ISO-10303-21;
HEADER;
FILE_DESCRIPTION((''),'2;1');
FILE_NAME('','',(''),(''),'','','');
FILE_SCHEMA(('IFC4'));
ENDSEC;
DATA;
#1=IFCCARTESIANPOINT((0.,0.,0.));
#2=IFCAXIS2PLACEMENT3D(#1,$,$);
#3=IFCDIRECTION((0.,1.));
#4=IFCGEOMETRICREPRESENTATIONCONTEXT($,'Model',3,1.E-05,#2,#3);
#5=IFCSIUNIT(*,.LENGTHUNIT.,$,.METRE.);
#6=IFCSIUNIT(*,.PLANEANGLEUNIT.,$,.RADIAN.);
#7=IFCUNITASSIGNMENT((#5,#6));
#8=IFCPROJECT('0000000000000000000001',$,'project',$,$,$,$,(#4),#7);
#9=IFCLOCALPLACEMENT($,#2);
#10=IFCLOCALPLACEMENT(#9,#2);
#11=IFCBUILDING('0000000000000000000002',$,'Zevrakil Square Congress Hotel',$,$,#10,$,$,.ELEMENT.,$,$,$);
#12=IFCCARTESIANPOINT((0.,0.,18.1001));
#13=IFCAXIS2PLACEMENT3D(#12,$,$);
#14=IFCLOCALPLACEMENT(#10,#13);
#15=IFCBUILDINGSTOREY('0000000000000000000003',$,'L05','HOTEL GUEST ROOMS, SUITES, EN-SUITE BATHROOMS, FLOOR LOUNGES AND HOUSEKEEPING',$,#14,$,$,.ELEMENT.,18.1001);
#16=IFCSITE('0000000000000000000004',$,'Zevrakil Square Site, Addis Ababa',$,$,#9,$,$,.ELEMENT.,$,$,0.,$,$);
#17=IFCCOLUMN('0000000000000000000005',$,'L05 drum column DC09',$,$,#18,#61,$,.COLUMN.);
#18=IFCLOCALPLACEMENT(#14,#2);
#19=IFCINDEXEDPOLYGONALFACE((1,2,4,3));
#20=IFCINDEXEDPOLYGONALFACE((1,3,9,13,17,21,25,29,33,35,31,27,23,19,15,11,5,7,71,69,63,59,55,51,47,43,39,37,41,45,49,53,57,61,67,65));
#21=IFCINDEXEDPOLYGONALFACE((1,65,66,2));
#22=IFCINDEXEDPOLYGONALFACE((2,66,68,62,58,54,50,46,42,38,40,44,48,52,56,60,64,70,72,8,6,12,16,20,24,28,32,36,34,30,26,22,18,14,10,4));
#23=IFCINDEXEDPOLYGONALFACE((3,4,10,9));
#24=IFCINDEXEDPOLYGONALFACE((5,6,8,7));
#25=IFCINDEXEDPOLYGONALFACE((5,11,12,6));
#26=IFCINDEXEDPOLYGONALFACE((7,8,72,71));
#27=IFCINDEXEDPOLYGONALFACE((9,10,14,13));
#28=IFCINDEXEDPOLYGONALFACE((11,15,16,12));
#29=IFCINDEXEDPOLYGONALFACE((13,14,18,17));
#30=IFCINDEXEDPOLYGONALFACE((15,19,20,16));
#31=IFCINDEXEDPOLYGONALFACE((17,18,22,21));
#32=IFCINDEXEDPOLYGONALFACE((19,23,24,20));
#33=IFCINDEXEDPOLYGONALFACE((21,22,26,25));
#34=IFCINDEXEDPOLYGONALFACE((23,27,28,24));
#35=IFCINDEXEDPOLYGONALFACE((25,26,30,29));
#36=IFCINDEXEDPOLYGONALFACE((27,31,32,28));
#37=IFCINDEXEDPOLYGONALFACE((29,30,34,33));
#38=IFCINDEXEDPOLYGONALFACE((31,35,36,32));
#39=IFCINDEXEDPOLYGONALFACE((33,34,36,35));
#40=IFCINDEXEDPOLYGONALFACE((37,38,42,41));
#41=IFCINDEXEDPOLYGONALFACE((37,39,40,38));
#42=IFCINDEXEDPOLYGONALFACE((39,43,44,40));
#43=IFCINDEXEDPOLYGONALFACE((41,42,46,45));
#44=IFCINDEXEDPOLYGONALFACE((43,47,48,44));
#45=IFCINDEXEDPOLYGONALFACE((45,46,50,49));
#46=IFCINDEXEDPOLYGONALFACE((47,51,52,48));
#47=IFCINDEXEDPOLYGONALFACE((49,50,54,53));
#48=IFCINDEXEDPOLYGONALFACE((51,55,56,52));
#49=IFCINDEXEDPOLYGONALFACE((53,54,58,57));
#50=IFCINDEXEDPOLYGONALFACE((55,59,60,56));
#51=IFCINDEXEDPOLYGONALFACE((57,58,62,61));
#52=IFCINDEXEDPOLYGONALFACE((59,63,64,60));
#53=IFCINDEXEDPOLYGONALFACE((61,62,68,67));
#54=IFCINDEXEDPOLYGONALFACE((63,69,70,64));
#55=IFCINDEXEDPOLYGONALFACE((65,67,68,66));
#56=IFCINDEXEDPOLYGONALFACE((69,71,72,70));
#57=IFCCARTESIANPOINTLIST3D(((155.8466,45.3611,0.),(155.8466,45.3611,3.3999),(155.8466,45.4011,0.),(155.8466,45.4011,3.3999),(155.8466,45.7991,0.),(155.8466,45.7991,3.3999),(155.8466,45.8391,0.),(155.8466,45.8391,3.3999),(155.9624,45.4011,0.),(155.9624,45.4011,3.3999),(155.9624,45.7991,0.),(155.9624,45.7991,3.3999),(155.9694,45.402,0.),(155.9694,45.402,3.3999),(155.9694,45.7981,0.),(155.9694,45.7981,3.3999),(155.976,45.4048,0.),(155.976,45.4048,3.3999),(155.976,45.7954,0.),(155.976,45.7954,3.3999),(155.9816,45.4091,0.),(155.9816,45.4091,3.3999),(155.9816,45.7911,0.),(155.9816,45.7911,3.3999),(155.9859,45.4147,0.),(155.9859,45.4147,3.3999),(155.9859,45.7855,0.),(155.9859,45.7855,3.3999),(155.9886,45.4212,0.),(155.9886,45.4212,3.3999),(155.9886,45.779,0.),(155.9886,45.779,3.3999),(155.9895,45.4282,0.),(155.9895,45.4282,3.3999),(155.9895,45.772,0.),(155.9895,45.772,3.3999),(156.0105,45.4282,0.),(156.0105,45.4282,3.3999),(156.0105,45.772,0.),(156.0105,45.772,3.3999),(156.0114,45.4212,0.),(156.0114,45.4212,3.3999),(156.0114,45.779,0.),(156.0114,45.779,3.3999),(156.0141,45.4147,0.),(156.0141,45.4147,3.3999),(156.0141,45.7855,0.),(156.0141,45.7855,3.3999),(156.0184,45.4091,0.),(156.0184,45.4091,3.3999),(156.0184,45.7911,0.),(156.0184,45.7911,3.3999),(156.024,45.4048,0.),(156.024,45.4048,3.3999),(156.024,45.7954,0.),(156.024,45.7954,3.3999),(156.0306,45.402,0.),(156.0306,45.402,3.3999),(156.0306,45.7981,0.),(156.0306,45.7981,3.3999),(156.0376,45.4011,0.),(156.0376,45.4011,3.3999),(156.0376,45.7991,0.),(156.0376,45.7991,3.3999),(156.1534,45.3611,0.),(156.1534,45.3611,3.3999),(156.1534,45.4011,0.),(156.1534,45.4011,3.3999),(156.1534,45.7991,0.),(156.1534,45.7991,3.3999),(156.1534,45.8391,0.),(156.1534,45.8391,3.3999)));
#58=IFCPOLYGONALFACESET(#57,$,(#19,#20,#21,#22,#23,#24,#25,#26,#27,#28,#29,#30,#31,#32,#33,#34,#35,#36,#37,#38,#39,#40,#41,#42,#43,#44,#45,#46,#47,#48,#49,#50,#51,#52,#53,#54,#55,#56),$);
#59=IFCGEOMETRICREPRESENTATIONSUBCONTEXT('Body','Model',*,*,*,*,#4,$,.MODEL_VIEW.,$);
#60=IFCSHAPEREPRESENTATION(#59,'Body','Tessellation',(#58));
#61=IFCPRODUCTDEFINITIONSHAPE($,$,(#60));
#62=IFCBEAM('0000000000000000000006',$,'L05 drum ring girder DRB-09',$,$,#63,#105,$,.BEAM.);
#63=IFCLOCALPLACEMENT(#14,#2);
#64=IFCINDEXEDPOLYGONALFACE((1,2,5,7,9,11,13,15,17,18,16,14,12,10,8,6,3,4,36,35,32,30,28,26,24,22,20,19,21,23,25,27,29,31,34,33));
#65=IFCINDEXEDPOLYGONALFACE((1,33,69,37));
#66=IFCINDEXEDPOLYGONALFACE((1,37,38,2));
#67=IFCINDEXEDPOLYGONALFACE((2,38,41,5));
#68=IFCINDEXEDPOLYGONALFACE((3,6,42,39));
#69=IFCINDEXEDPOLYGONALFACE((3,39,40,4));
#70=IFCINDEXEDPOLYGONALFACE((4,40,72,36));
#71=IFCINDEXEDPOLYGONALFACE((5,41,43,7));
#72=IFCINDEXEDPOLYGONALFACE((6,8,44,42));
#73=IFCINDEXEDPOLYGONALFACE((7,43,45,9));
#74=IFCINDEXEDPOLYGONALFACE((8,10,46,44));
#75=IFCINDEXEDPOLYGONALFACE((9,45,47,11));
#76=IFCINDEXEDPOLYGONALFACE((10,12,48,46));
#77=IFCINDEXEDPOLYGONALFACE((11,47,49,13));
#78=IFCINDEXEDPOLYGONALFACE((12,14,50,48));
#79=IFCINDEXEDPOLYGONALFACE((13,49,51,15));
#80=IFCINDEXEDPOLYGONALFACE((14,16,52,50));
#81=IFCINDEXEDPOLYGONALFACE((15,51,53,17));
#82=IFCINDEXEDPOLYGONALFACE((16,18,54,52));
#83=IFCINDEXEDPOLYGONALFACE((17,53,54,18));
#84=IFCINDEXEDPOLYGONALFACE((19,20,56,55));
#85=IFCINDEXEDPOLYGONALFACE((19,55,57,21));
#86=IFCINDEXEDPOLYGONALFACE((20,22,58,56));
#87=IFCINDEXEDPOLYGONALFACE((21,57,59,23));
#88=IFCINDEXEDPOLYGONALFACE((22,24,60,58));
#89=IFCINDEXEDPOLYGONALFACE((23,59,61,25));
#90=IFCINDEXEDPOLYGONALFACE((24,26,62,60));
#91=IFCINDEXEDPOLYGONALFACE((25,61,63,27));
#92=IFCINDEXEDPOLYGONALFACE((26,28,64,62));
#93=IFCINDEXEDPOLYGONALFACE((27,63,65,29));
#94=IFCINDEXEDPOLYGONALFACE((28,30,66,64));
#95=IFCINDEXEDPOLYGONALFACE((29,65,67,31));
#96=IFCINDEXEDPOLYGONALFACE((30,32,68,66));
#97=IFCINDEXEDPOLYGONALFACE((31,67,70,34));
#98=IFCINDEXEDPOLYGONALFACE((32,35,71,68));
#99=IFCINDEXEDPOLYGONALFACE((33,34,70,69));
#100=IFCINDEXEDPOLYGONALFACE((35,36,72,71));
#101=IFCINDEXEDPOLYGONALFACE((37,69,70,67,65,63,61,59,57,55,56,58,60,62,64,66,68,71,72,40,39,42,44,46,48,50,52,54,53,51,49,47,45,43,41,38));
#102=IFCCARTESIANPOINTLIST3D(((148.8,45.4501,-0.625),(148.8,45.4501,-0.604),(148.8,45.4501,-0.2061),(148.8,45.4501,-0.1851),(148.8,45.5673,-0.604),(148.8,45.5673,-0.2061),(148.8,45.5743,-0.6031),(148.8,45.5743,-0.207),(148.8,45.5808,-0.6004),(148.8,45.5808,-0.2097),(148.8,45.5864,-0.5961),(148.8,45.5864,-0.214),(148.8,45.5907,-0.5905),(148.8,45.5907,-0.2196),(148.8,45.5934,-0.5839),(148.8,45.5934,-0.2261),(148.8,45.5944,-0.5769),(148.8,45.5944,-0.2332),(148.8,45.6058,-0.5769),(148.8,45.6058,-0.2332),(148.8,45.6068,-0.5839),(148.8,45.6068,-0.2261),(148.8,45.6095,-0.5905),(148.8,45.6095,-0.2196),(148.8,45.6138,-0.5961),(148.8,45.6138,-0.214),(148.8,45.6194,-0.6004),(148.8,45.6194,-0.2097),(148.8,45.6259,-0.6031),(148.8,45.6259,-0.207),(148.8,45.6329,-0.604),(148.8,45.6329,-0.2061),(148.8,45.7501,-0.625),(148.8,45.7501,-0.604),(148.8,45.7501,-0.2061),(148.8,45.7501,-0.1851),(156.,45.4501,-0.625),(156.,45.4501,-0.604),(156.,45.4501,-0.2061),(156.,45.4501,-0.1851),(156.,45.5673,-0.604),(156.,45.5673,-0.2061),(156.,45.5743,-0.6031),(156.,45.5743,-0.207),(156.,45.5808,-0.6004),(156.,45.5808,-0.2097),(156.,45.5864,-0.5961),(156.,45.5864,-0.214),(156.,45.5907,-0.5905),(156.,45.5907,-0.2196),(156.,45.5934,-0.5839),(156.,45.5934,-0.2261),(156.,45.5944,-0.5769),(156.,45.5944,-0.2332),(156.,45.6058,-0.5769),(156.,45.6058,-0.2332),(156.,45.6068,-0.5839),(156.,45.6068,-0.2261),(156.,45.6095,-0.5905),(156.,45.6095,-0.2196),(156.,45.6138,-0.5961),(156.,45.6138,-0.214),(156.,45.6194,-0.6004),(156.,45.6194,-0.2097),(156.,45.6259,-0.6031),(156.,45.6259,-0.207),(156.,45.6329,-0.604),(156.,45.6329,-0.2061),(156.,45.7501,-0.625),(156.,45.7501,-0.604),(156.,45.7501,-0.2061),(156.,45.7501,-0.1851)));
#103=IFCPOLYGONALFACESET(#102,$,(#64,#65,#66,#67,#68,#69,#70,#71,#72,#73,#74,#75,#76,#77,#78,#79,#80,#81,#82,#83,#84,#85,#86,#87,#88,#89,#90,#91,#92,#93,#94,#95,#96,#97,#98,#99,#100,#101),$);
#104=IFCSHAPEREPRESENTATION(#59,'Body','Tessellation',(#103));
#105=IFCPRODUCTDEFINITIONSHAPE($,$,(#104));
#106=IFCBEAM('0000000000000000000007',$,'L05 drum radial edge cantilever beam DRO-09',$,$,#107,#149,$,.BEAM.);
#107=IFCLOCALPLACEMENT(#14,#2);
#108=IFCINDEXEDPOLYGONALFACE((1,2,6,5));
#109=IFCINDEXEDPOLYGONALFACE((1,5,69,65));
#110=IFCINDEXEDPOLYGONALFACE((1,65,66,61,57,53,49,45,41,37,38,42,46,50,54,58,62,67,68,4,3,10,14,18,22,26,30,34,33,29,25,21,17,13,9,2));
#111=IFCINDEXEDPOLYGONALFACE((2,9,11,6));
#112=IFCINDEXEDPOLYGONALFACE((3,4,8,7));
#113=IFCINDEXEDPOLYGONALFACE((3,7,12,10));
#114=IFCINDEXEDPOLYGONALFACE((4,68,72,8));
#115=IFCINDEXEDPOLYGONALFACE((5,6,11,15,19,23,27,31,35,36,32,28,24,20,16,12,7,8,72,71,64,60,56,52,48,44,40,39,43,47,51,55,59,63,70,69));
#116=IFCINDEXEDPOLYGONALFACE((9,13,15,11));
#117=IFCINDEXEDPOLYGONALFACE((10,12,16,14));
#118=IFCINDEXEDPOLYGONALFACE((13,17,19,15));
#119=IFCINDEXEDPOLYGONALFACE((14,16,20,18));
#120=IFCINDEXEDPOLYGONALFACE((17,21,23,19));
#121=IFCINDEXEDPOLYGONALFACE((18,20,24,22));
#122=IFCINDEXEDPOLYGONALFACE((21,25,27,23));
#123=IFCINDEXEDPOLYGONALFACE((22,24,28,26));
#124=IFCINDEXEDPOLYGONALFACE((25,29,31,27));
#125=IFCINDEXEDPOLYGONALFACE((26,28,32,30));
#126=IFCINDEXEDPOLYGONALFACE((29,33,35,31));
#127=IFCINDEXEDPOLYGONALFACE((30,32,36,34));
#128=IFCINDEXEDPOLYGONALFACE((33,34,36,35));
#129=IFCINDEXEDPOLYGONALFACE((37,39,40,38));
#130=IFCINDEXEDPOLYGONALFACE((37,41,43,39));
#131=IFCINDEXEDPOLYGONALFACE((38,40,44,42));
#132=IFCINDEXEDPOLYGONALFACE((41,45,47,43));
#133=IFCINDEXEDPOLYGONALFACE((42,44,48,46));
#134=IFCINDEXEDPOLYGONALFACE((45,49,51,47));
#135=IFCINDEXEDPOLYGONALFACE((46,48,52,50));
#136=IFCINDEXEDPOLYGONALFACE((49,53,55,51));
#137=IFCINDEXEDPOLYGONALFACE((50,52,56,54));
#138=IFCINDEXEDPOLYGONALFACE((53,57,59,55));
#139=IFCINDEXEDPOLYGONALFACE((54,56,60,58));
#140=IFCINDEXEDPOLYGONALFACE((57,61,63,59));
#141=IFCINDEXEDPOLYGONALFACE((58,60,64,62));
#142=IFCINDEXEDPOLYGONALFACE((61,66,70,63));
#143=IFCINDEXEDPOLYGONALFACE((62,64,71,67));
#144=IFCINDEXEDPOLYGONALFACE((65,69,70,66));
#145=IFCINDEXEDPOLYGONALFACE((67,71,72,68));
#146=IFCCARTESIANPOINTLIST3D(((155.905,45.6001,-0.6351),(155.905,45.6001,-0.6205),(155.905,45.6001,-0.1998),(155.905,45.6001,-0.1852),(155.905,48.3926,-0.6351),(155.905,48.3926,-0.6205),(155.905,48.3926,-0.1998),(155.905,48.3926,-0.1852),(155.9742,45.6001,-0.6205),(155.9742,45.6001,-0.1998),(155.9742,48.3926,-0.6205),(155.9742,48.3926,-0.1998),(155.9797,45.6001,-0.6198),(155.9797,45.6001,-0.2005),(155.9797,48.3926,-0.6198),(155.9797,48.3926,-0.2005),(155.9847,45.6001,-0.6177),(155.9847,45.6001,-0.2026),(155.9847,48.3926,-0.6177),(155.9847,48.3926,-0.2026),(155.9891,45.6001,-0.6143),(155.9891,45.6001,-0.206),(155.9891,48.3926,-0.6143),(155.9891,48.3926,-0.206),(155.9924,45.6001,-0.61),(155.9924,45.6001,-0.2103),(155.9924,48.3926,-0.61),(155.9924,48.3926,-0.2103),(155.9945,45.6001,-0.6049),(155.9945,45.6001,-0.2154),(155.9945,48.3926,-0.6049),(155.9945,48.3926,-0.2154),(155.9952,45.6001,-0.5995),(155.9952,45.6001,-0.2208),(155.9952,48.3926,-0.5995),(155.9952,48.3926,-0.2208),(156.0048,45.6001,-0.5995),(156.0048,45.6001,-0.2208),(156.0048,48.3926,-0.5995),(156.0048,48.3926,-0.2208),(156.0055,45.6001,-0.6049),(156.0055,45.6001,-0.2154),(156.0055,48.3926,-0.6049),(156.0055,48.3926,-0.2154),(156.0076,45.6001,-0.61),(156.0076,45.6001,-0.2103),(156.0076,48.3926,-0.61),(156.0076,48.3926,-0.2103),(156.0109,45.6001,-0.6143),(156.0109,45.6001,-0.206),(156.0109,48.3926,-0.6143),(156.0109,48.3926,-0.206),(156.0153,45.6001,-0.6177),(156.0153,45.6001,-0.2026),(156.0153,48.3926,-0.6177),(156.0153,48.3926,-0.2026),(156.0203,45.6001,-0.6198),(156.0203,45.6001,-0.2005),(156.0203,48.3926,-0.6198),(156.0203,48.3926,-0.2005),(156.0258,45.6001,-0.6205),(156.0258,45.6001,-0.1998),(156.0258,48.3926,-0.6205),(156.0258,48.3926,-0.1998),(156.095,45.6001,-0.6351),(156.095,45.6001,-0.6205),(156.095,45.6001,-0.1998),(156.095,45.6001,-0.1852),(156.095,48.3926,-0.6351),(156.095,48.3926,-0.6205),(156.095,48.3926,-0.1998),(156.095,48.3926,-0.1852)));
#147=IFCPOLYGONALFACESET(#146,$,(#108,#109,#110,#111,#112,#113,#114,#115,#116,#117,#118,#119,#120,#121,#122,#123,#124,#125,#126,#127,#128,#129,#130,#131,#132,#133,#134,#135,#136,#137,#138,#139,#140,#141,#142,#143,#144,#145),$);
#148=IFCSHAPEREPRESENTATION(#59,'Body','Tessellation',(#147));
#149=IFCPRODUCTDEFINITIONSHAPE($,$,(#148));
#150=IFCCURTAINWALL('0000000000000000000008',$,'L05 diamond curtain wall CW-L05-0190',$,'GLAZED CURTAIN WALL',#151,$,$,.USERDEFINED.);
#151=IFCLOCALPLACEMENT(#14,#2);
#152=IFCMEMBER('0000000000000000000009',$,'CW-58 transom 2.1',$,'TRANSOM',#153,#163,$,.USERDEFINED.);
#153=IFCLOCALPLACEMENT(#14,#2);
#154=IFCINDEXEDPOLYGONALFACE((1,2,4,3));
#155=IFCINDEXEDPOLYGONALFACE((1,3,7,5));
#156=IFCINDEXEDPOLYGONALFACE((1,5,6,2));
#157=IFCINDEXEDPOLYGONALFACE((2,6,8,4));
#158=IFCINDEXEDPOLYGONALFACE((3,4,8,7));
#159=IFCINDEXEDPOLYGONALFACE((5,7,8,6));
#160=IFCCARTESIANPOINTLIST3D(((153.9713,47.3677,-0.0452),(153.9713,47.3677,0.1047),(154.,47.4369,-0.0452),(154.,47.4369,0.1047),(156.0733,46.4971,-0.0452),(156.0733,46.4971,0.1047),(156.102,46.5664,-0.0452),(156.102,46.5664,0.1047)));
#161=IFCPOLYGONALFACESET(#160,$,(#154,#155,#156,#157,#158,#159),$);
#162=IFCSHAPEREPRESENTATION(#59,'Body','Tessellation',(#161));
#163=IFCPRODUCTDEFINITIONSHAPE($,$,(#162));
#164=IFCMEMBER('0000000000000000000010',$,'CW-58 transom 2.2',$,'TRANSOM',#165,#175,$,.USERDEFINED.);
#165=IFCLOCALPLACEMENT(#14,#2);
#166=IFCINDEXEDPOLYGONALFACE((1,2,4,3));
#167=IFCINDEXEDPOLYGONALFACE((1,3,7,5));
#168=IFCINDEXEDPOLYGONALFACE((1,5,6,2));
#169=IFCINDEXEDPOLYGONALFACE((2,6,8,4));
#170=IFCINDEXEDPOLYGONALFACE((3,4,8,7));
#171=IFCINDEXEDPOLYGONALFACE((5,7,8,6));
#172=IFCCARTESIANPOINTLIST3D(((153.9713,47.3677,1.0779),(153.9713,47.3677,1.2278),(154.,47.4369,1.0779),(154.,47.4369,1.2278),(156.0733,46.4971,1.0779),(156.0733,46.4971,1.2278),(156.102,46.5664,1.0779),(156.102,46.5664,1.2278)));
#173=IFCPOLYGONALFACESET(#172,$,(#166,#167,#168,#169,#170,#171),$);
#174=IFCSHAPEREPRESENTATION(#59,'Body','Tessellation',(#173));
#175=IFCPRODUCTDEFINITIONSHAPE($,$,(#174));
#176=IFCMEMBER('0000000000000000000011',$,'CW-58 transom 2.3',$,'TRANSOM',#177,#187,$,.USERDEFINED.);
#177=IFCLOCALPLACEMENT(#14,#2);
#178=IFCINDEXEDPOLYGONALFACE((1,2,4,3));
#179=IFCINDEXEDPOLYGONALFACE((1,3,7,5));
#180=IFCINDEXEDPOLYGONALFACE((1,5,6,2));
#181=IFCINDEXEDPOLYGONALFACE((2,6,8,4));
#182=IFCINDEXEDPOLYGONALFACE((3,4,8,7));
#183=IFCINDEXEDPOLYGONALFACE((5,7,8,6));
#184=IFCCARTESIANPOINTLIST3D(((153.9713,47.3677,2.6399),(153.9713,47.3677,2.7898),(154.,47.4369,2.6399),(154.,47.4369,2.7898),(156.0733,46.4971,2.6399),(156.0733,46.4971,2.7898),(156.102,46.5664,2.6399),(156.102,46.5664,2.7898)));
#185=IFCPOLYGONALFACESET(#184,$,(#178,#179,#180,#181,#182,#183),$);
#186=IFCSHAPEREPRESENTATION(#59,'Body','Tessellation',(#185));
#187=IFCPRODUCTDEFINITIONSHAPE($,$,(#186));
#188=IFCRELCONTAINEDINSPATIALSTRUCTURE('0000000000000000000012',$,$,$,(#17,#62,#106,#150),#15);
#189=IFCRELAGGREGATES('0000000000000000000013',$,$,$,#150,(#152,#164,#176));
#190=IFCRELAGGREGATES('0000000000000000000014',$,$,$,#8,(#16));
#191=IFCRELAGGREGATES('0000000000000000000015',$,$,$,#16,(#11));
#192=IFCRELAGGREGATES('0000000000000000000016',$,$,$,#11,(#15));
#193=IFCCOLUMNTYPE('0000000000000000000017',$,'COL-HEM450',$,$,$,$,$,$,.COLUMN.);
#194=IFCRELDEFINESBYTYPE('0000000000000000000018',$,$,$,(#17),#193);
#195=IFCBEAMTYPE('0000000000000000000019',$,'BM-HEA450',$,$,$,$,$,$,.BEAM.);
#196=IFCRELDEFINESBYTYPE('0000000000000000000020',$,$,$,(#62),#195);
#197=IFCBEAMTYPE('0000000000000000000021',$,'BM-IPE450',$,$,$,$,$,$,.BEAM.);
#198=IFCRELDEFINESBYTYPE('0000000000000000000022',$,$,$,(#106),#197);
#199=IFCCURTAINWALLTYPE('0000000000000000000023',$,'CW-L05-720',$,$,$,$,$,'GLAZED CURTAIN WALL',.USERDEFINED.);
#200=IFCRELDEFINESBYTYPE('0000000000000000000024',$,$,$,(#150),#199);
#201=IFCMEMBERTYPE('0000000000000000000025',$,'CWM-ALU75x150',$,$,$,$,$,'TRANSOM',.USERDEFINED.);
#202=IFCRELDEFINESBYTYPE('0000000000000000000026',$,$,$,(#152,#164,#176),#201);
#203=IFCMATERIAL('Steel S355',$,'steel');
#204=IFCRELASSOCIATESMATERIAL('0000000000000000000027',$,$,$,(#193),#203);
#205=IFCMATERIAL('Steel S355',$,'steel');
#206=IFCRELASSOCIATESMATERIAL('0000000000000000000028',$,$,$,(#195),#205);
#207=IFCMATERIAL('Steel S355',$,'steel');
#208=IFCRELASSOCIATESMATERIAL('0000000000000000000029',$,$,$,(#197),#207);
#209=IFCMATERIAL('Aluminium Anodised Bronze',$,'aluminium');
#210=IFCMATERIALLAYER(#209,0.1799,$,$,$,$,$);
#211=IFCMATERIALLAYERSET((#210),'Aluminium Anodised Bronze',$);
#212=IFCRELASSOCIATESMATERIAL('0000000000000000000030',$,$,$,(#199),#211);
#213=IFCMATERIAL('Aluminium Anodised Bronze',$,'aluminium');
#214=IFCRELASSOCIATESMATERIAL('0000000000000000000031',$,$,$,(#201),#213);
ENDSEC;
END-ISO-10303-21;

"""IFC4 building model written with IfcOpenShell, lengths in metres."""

from ifc_helpers import new_model, si_unit, direction, frame, origin, origin_2d, place, context, subcontext, project, spatial, rectangle, i_section, extrude, material, layer, layer_set, material_profile, profile_set, type_object, element, aggregate, save


model = new_model("IFC4")

# Units and contexts
model_context = context("Model", 3, precision=1e-05, world=origin(), true_north=direction((0.0, 1.0)))
body_context = subcontext(model_context, "Body", "Model", "MODEL_VIEW")
ifc_project = project(units=[si_unit("LENGTHUNIT", "METRE"), si_unit("PLANEANGLEUNIT", "RADIAN")], contexts=[model_context])

# Site, building, storey
site_placement = place(None, origin())
site = spatial("IfcSite", under=ifc_project, at=site_placement, Name="Zevrakil Square Site, Addis Ababa", CompositionType="ELEMENT", RefElevation=0.0)
building_placement = place(site_placement, origin())
building = spatial("IfcBuilding", under=site, at=building_placement, Name="Zevrakil Square Congress Hotel", CompositionType="ELEMENT")
storey_placement = place(building_placement, frame((0.0, 0.0, 18.1001)))
storey = spatial("IfcBuildingStorey", under=building, at=storey_placement, Name="L05", Description="HOTEL GUEST ROOMS, SUITES, EN-SUITE BATHROOMS, FLOOR LOUNGES AND HOUSEKEEPING", CompositionType="ELEMENT", Elevation=18.1001)

# Column
ifc_material_1 = material(Name="Steel S355", Category="steel")
ifc_material_profile_1 = material_profile(ifc_material_1, i_section(OverallWidth=0.3069, OverallDepth=0.478, WebThickness=0.021, FlangeThickness=0.04, FilletRadius=0.0271, at=origin_2d()), Name="HEM 450")
ifc_profile_set_1 = profile_set([ifc_material_profile_1], Name="Steel S355")
column_type = type_object("IfcColumnType", Name="COL-HEM450", PredefinedType="COLUMN", material=ifc_profile_set_1)
column_placement = place(storey_placement, frame((156.0, 45.6001, 0.0), z_axis=(0.0, 0.0, 1.0), x_axis=(1.0, 0.0, 0.0)))
element("IfcColumn", 1, at=column_placement, inside=storey, type_object=column_type, Name="L05 drum column DC09", PredefinedType="COLUMN", context=body_context, shape_type="SweptSolid", body=[
    extrude(i_section(OverallWidth=0.3069, OverallDepth=0.478, WebThickness=0.021, FlangeThickness=0.04, FilletRadius=0.0271, at=origin_2d()), origin(), (0.0, 0.0, 1.0), 3.3999),
])

# Beams
ifc_material_2 = material(Name="Steel S355", Category="steel")
ifc_material_profile_2 = material_profile(ifc_material_2, i_section(OverallWidth=0.3, OverallDepth=0.4399, WebThickness=0.0115, FlangeThickness=0.021, FilletRadius=0.0271, at=origin_2d()), Name="HEA 450")
ifc_profile_set_2 = profile_set([ifc_material_profile_2], Name="Steel S355")
beam_type_1 = type_object("IfcBeamType", Name="BM-HEA450", PredefinedType="BEAM", material=ifc_profile_set_2)
beam_1_placement = place(storey_placement, frame((156.0, 45.6001, -0.405), z_axis=(-1.0, 0.0, 0.0), x_axis=(0.0, -1.0, 0.0)))
element("IfcBeam", 2, at=beam_1_placement, inside=storey, type_object=beam_type_1, Name="L05 drum ring girder DRB-09", PredefinedType="BEAM", context=body_context, shape_type="SweptSolid", body=[
    extrude(i_section(OverallWidth=0.3, OverallDepth=0.4399, WebThickness=0.0115, FlangeThickness=0.021, FilletRadius=0.0271, at=origin_2d()), origin(), (0.0, 0.0, 1.0), 7.2),
])
ifc_material_3 = material(Name="Steel S355", Category="steel")
ifc_material_profile_3 = material_profile(ifc_material_3, i_section(OverallWidth=0.1899, OverallDepth=0.45, WebThickness=0.0095, FlangeThickness=0.0146, FilletRadius=0.021, at=origin_2d()), Name="IPE 450")
ifc_profile_set_3 = profile_set([ifc_material_profile_3], Name="Steel S355")
beam_type_2 = type_object("IfcBeamType", Name="BM-IPE450", PredefinedType="BEAM", material=ifc_profile_set_3)
beam_2_placement = place(storey_placement, frame((156.0, 45.6001, -0.4102), z_axis=(0.0, 1.0, 0.0), x_axis=(-1.0, 0.0, 0.0)))
element("IfcBeam", 3, at=beam_2_placement, inside=storey, type_object=beam_type_2, Name="L05 drum radial edge cantilever beam DRO-09", PredefinedType="BEAM", context=body_context, shape_type="SweptSolid", body=[
    extrude(i_section(OverallWidth=0.1899, OverallDepth=0.45, WebThickness=0.0095, FlangeThickness=0.0146, FilletRadius=0.021, at=origin_2d()), origin(), (0.0, 0.0, 1.0), 2.7925),
])

# Curtain wall, members
ifc_material_4 = material(Name="Aluminium Anodised Bronze", Category="aluminium")
ifc_layer_1 = layer(ifc_material_4, 0.1799)
ifc_layer_set_1 = layer_set([ifc_layer_1], Name="Aluminium Anodised Bronze")
curtain_wall_type = type_object("IfcCurtainWallType", Name="CW-L05-720", ElementType="GLAZED CURTAIN WALL", PredefinedType="USERDEFINED", material=ifc_layer_set_1)
curtain_wall_placement = place(storey_placement, origin())
curtain_wall = element("IfcCurtainWall", 4, at=curtain_wall_placement, inside=storey, type_object=curtain_wall_type, Name="L05 diamond curtain wall CW-L05-0190", ObjectType="GLAZED CURTAIN WALL", PredefinedType="USERDEFINED")
ifc_material_5 = material(Name="Aluminium Anodised Bronze", Category="aluminium")
ifc_material_profile_4 = material_profile(ifc_material_5, rectangle(XDim=0.075, YDim=0.1499, at=origin_2d()), Name="ALU 75x150")
ifc_profile_set_4 = profile_set([ifc_material_profile_4], Name="Aluminium Anodised Bronze")
member_type_1 = type_object("IfcMemberType", Name="CWM-ALU75x150", ElementType="TRANSOM", PredefinedType="USERDEFINED", material=ifc_profile_set_4)
member_1_placement = place(storey_placement, frame((156.0876, 46.5317, 0.0298), z_axis=(-0.923894, 0.382649, 0.0), x_axis=(-0.382649, -0.923894, 0.0)))
member_1 = element("IfcMember", 5, at=member_1_placement, type_object=member_type_1, Name="CW-58 transom 2.1", ObjectType="TRANSOM", PredefinedType="USERDEFINED", context=body_context, shape_type="SweptSolid", body=[
    extrude(rectangle(XDim=0.075, YDim=0.1499, at=origin_2d()), origin(), (0.0, 0.0, 1.0), 2.2751),
])
member_2_placement = place(storey_placement, frame((156.0876, 46.5317, 1.1528), z_axis=(-0.923894, 0.382649, 0.0), x_axis=(-0.382649, -0.923894, 0.0)))
member_2 = element("IfcMember", 6, at=member_2_placement, type_object=member_type_1, Name="CW-58 transom 2.2", ObjectType="TRANSOM", PredefinedType="USERDEFINED", context=body_context, shape_type="SweptSolid", body=[
    extrude(rectangle(XDim=0.075, YDim=0.1499, at=origin_2d()), origin(), (0.0, 0.0, 1.0), 2.2751),
])
member_3_placement = place(storey_placement, frame((156.0876, 46.5317, 2.7148), z_axis=(-0.923894, 0.382649, 0.0), x_axis=(-0.382649, -0.923894, 0.0)))
member_3 = element("IfcMember", 7, at=member_3_placement, type_object=member_type_1, Name="CW-58 transom 2.3", ObjectType="TRANSOM", PredefinedType="USERDEFINED", context=body_context, shape_type="SweptSolid", body=[
    extrude(rectangle(XDim=0.075, YDim=0.1499, at=origin_2d()), origin(), (0.0, 0.0, 1.0), 2.2751),
])
aggregate(curtain_wall, [member_1, member_2, member_3])

save(model, "model.ifc")
